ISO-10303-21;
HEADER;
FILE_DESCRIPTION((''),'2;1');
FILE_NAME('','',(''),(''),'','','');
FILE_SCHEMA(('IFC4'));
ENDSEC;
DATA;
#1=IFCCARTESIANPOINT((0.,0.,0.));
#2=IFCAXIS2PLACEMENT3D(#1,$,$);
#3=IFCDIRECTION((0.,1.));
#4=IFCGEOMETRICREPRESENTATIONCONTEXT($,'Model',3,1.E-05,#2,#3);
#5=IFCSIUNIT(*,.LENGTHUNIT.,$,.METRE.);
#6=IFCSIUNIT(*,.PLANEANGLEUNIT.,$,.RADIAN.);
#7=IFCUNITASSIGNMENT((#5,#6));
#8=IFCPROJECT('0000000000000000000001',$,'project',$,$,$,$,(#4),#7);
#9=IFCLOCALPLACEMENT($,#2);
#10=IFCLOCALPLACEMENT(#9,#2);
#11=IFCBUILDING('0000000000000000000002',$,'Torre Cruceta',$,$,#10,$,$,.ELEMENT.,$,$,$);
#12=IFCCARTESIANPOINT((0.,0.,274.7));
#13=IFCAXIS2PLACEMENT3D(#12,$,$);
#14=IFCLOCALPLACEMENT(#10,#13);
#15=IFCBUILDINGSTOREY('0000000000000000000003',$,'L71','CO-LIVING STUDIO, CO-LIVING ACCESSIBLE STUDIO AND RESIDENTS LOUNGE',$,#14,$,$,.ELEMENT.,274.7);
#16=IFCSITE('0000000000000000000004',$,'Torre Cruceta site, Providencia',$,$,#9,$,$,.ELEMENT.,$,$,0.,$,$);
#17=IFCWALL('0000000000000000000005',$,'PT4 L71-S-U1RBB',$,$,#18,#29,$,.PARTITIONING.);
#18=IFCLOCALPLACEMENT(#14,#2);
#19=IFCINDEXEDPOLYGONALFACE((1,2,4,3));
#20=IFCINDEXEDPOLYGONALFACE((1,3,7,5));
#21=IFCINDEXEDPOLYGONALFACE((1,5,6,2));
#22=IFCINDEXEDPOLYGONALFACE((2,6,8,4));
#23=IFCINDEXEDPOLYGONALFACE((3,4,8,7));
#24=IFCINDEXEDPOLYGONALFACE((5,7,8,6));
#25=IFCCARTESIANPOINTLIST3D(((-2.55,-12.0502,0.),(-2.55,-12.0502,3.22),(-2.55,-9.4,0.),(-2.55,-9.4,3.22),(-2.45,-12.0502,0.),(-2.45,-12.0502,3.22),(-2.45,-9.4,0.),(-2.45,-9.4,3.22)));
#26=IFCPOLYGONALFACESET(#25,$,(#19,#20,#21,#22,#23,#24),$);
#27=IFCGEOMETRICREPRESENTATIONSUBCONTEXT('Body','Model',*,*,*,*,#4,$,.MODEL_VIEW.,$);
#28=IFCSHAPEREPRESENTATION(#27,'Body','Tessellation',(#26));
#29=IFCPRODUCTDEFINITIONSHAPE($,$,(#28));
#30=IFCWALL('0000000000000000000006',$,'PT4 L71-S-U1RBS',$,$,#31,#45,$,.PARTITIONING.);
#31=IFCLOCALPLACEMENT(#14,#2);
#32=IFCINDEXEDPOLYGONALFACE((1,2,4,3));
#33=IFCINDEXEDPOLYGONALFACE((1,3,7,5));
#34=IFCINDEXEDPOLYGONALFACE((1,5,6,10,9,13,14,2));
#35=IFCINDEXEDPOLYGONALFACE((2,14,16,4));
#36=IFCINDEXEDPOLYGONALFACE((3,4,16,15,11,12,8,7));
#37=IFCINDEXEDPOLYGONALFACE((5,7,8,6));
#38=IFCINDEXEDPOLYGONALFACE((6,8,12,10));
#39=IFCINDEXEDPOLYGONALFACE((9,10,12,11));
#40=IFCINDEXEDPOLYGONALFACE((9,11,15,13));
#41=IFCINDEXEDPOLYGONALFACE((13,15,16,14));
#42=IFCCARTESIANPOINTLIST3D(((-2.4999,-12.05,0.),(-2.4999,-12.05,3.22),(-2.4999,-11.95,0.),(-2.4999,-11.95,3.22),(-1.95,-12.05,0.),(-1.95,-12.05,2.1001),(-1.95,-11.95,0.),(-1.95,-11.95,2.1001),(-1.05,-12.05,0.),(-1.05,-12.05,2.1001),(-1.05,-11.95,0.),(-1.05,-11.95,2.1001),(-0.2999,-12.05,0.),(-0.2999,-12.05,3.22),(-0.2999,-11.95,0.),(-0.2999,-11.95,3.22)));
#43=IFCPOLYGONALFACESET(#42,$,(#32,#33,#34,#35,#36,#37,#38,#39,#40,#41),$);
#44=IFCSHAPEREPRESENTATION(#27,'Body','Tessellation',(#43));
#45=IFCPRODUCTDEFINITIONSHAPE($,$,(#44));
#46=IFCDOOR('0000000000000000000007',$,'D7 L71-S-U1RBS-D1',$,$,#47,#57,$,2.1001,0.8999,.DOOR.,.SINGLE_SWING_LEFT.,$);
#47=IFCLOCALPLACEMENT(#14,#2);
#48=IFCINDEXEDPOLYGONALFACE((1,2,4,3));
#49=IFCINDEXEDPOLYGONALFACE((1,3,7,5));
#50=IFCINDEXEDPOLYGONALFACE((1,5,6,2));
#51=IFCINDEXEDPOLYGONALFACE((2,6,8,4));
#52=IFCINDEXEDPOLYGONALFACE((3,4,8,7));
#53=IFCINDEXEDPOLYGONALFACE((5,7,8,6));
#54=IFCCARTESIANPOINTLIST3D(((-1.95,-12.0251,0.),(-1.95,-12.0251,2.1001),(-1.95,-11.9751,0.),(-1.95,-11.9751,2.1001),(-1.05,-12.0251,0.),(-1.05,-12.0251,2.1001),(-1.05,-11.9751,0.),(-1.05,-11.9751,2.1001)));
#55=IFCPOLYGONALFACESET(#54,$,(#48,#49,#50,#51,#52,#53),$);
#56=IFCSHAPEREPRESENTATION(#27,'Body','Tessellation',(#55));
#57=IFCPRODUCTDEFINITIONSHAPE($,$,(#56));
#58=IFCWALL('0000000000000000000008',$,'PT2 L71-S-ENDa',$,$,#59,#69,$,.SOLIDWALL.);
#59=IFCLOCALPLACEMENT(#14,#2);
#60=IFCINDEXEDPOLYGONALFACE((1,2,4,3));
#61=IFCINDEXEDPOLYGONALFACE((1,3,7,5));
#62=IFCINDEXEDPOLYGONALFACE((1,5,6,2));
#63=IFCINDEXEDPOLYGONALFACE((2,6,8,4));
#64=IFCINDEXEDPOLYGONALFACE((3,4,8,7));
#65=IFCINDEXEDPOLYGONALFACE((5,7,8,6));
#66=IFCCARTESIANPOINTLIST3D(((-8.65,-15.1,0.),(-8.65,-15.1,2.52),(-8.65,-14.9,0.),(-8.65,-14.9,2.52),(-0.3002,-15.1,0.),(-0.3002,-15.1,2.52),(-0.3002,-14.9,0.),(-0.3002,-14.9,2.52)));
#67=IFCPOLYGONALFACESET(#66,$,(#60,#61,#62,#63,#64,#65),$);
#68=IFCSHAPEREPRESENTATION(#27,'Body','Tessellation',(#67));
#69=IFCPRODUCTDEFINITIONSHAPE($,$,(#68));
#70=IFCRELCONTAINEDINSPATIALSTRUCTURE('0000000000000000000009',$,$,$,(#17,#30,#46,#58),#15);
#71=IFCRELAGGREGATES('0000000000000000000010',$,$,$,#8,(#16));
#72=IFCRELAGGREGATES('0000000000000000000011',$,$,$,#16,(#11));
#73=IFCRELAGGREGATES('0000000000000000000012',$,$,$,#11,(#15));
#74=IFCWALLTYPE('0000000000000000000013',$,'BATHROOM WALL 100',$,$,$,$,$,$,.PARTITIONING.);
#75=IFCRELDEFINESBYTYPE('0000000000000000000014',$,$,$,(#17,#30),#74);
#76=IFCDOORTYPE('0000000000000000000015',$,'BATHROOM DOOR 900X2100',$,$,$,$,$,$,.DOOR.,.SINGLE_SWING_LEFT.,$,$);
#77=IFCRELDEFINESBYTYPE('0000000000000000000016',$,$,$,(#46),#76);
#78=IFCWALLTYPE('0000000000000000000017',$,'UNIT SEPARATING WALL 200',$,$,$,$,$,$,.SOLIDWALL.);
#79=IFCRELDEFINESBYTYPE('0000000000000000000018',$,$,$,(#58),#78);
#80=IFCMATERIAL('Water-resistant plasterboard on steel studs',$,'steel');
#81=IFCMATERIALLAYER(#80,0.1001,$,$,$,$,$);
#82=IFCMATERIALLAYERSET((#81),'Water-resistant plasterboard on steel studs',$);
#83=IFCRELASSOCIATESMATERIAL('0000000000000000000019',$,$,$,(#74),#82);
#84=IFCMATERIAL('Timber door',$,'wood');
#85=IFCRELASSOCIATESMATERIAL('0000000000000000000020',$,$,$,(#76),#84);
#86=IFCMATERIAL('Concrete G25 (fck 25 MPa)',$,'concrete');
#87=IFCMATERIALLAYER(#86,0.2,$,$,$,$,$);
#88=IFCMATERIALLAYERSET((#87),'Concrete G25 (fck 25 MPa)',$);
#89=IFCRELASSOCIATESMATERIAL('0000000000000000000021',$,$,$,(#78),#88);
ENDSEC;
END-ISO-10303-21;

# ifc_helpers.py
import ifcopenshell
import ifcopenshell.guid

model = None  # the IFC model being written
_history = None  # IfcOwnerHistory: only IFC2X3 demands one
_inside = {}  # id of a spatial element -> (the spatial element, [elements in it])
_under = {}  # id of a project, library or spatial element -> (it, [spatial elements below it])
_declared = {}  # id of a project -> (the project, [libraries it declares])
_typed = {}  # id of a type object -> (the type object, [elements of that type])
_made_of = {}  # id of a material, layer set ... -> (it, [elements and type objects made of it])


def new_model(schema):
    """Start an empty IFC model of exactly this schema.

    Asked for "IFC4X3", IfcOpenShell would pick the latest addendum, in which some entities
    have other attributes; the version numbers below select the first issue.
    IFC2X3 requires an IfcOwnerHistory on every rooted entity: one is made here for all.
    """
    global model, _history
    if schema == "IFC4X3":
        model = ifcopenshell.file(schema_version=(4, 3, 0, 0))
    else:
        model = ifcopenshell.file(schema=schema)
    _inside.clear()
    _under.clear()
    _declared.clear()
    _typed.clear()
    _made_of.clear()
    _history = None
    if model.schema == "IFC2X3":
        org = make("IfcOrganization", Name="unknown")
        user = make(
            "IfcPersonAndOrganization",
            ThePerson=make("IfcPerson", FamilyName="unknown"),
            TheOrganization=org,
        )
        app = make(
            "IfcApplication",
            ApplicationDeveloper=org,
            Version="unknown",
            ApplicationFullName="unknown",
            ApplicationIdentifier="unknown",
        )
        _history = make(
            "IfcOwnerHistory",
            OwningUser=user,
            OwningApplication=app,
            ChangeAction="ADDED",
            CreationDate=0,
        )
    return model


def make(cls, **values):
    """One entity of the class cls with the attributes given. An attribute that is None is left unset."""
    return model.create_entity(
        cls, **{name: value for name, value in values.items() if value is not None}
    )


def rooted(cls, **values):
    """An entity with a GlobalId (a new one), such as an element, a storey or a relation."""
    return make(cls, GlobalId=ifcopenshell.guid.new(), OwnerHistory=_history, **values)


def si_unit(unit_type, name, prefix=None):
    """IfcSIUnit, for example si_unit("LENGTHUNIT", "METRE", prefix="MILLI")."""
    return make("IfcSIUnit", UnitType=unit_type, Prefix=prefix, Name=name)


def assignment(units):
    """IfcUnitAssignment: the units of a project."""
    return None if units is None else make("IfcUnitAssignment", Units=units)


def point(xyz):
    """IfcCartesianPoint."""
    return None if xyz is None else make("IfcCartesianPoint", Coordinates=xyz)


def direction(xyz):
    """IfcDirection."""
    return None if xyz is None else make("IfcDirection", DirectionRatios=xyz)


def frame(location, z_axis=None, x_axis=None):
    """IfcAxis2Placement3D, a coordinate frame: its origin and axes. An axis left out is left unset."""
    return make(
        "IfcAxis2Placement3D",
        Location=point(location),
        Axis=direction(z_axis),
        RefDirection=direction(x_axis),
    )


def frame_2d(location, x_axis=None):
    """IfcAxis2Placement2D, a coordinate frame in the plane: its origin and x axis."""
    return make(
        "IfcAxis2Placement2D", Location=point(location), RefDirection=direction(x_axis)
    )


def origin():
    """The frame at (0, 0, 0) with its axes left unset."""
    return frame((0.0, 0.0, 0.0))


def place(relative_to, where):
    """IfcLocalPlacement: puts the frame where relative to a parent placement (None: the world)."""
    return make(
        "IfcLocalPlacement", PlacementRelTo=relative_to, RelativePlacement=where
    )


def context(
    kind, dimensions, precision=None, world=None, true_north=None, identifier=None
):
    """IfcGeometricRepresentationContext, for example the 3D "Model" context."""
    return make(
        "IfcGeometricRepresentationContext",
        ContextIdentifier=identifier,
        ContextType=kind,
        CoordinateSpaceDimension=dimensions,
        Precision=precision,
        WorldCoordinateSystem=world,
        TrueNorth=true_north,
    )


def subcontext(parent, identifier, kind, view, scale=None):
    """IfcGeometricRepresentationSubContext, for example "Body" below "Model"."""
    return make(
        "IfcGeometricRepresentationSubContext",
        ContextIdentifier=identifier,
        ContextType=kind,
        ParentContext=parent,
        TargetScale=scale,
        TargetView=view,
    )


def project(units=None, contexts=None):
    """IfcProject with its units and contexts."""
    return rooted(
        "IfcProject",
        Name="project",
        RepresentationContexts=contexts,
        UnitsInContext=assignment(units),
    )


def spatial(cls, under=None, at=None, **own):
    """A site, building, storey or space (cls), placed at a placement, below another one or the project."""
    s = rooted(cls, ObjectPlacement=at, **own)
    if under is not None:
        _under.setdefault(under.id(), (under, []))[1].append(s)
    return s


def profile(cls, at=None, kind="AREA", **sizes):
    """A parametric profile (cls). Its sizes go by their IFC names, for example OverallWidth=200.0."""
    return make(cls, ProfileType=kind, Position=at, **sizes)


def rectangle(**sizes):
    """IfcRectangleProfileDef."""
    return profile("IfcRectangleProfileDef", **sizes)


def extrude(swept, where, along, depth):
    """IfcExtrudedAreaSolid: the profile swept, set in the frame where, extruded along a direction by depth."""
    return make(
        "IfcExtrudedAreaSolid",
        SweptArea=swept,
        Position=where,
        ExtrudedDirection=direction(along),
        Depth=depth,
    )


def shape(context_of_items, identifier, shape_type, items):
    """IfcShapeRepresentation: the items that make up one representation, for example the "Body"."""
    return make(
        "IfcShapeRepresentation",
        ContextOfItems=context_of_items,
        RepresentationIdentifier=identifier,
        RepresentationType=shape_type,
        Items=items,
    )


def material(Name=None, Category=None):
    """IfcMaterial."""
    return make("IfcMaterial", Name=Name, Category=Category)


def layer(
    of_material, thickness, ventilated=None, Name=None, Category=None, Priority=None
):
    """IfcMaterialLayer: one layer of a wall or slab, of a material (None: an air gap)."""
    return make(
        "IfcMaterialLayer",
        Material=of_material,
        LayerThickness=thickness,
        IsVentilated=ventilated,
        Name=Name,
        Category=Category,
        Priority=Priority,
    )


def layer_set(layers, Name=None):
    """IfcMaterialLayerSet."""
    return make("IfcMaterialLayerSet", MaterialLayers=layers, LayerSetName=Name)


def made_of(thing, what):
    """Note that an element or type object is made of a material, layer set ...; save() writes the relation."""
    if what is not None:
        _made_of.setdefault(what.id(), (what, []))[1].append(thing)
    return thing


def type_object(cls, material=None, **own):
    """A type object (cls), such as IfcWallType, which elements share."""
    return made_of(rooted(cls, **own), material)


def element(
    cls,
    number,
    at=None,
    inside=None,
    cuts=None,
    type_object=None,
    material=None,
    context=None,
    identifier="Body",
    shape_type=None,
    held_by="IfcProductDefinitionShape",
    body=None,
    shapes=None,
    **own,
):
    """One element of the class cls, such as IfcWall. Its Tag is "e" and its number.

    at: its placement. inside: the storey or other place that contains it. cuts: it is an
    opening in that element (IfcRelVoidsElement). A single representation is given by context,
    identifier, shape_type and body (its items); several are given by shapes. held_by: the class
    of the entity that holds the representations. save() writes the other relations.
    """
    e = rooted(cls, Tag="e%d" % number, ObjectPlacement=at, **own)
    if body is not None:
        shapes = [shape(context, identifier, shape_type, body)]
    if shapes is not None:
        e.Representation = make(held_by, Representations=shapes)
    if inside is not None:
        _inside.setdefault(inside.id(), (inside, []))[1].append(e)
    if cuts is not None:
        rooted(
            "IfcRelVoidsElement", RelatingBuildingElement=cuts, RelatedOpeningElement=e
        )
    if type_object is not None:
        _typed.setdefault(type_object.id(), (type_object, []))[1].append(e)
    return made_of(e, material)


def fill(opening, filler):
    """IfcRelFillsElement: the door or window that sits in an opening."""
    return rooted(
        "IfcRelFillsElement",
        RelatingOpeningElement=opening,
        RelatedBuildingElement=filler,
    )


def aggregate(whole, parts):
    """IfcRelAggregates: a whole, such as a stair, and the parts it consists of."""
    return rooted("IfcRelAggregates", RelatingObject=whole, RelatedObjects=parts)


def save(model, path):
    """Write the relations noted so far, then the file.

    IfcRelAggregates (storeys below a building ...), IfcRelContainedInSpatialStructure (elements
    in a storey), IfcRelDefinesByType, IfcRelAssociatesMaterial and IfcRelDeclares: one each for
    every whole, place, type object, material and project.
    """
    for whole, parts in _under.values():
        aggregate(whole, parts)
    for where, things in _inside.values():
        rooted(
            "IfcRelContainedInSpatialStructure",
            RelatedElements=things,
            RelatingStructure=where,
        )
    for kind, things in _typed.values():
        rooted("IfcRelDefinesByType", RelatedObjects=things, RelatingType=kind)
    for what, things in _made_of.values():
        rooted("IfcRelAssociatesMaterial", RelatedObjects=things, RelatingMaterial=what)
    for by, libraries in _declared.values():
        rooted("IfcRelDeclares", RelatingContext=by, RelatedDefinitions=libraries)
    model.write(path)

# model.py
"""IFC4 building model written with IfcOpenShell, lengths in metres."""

from ifc_helpers import new_model, si_unit, direction, frame, frame_2d, origin, place, context, subcontext, project, spatial, rectangle, extrude, material, layer, layer_set, type_object, element, fill, save


model = new_model("IFC4")

# Units and contexts
model_context = context("Model", 3, precision=1e-05, world=origin(), true_north=direction((0.0, 1.0)))
body_context = subcontext(model_context, "Body", "Model", "MODEL_VIEW")
ifc_project = project(units=[si_unit("LENGTHUNIT", "METRE"), si_unit("PLANEANGLEUNIT", "RADIAN")], contexts=[model_context])

# Site, building, storey
site_placement = place(None, origin())
site = spatial("IfcSite", under=ifc_project, at=site_placement, Name="Torre Cruceta site, Providencia", CompositionType="ELEMENT", RefElevation=0.0)
building_placement = place(site_placement, origin())
building = spatial("IfcBuilding", under=site, at=building_placement, Name="Torre Cruceta", CompositionType="ELEMENT")
storey_placement = place(building_placement, frame((0.0, 0.0, 274.7)))
storey = spatial("IfcBuildingStorey", under=building, at=storey_placement, Name="L71", Description="CO-LIVING STUDIO, CO-LIVING ACCESSIBLE STUDIO AND RESIDENTS LOUNGE", CompositionType="ELEMENT", Elevation=274.7)

# Wall
ifc_material_1 = material(Name="Water-resistant plasterboard on steel studs", Category="steel")
ifc_layer_1 = layer(ifc_material_1, 0.1001)
ifc_layer_set_1 = layer_set([ifc_layer_1], Name="Water-resistant plasterboard on steel studs")
wall_type_1 = type_object("IfcWallType", Name="BATHROOM WALL 100", PredefinedType="PARTITIONING", material=ifc_layer_set_1)
wall_1_placement = place(storey_placement, frame((-2.5, -9.3999, 0.0), z_axis=(0.0, 0.0, 1.0), x_axis=(0.0, -1.0, 0.0)))
element("IfcWall", 1, at=wall_1_placement, inside=storey, type_object=wall_type_1, Name="PT4 L71-S-U1RBB", PredefinedType="PARTITIONING", context=body_context, shape_type="SweptSolid", body=[
    extrude(rectangle(XDim=2.6501, YDim=0.1001, at=frame_2d((1.3252, 0.0))), origin(), (0.0, 0.0, 1.0), 3.22),
])

# Wall, opening, door
wall_2_placement = place(storey_placement, frame((-2.5, -12.0, 0.0), z_axis=(0.0, 0.0, 1.0), x_axis=(1.0, 0.0, 0.0)))
wall_2 = element("IfcWall", 2, at=wall_2_placement, inside=storey, type_object=wall_type_1, Name="PT4 L71-S-U1RBS", PredefinedType="PARTITIONING", context=body_context, shape_type="SweptSolid", body=[
    extrude(rectangle(XDim=2.2, YDim=0.1001, at=frame_2d((1.1001, 0.0))), origin(), (0.0, 0.0, 1.0), 3.22),
])
opening_placement = place(wall_2_placement, frame((0.55, 0.0, 0.0)))
opening = element("IfcOpeningElement", 3, at=opening_placement, cuts=wall_2, PredefinedType="OPENING", context=body_context, shape_type="SweptSolid", body=[
    extrude(rectangle(XDim=0.8999, YDim=2.1001, at=frame_2d((0.45, 1.05))), frame((0.0, 0.0601, 0.0), z_axis=(0.0, -1.0, 0.0), x_axis=(1.0, 0.0, 0.0)), (0.0, 0.0, 1.0), 0.1201),
])
ifc_material_2 = material(Name="Timber door", Category="wood")
door_type = type_object("IfcDoorType", Name="BATHROOM DOOR 900X2100", OperationType="SINGLE_SWING_LEFT", PredefinedType="DOOR", material=ifc_material_2)
door_placement = place(opening_placement, origin())
door = element("IfcDoor", 4, at=door_placement, inside=storey, type_object=door_type, Name="D7 L71-S-U1RBS-D1", OperationType="SINGLE_SWING_LEFT", OverallHeight=2.1001, OverallWidth=0.8999, PredefinedType="DOOR", context=body_context, shape_type="SweptSolid", body=[
    extrude(rectangle(XDim=0.8999, YDim=2.1001, at=frame_2d((0.45, 1.05))), frame((0.0, 0.0249, 0.0), z_axis=(0.0, -1.0, 0.0), x_axis=(1.0, 0.0, 0.0)), (0.0, 0.0, 1.0), 0.05),
])
fill(opening, door)

# Wall
ifc_material_3 = material(Name="Concrete G25 (fck 25 MPa)", Category="concrete")
ifc_layer_2 = layer(ifc_material_3, 0.2)
ifc_layer_set_2 = layer_set([ifc_layer_2], Name="Concrete G25 (fck 25 MPa)")
wall_type_2 = type_object("IfcWallType", Name="UNIT SEPARATING WALL 200", PredefinedType="SOLIDWALL", material=ifc_layer_set_2)
wall_3_placement = place(storey_placement, frame((-8.6499, -15.0, 0.0), z_axis=(0.0, 0.0, 1.0), x_axis=(1.0, 0.0, 0.0)))
element("IfcWall", 5, at=wall_3_placement, inside=storey, type_object=wall_type_2, Name="PT2 L71-S-ENDa", PredefinedType="SOLIDWALL", context=body_context, shape_type="SweptSolid", body=[
    extrude(rectangle(XDim=8.3499, YDim=0.2, at=frame_2d((4.1748, 0.0))), origin(), (0.0, 0.0, 1.0), 2.52),
])

save(model, "model.ifc")
